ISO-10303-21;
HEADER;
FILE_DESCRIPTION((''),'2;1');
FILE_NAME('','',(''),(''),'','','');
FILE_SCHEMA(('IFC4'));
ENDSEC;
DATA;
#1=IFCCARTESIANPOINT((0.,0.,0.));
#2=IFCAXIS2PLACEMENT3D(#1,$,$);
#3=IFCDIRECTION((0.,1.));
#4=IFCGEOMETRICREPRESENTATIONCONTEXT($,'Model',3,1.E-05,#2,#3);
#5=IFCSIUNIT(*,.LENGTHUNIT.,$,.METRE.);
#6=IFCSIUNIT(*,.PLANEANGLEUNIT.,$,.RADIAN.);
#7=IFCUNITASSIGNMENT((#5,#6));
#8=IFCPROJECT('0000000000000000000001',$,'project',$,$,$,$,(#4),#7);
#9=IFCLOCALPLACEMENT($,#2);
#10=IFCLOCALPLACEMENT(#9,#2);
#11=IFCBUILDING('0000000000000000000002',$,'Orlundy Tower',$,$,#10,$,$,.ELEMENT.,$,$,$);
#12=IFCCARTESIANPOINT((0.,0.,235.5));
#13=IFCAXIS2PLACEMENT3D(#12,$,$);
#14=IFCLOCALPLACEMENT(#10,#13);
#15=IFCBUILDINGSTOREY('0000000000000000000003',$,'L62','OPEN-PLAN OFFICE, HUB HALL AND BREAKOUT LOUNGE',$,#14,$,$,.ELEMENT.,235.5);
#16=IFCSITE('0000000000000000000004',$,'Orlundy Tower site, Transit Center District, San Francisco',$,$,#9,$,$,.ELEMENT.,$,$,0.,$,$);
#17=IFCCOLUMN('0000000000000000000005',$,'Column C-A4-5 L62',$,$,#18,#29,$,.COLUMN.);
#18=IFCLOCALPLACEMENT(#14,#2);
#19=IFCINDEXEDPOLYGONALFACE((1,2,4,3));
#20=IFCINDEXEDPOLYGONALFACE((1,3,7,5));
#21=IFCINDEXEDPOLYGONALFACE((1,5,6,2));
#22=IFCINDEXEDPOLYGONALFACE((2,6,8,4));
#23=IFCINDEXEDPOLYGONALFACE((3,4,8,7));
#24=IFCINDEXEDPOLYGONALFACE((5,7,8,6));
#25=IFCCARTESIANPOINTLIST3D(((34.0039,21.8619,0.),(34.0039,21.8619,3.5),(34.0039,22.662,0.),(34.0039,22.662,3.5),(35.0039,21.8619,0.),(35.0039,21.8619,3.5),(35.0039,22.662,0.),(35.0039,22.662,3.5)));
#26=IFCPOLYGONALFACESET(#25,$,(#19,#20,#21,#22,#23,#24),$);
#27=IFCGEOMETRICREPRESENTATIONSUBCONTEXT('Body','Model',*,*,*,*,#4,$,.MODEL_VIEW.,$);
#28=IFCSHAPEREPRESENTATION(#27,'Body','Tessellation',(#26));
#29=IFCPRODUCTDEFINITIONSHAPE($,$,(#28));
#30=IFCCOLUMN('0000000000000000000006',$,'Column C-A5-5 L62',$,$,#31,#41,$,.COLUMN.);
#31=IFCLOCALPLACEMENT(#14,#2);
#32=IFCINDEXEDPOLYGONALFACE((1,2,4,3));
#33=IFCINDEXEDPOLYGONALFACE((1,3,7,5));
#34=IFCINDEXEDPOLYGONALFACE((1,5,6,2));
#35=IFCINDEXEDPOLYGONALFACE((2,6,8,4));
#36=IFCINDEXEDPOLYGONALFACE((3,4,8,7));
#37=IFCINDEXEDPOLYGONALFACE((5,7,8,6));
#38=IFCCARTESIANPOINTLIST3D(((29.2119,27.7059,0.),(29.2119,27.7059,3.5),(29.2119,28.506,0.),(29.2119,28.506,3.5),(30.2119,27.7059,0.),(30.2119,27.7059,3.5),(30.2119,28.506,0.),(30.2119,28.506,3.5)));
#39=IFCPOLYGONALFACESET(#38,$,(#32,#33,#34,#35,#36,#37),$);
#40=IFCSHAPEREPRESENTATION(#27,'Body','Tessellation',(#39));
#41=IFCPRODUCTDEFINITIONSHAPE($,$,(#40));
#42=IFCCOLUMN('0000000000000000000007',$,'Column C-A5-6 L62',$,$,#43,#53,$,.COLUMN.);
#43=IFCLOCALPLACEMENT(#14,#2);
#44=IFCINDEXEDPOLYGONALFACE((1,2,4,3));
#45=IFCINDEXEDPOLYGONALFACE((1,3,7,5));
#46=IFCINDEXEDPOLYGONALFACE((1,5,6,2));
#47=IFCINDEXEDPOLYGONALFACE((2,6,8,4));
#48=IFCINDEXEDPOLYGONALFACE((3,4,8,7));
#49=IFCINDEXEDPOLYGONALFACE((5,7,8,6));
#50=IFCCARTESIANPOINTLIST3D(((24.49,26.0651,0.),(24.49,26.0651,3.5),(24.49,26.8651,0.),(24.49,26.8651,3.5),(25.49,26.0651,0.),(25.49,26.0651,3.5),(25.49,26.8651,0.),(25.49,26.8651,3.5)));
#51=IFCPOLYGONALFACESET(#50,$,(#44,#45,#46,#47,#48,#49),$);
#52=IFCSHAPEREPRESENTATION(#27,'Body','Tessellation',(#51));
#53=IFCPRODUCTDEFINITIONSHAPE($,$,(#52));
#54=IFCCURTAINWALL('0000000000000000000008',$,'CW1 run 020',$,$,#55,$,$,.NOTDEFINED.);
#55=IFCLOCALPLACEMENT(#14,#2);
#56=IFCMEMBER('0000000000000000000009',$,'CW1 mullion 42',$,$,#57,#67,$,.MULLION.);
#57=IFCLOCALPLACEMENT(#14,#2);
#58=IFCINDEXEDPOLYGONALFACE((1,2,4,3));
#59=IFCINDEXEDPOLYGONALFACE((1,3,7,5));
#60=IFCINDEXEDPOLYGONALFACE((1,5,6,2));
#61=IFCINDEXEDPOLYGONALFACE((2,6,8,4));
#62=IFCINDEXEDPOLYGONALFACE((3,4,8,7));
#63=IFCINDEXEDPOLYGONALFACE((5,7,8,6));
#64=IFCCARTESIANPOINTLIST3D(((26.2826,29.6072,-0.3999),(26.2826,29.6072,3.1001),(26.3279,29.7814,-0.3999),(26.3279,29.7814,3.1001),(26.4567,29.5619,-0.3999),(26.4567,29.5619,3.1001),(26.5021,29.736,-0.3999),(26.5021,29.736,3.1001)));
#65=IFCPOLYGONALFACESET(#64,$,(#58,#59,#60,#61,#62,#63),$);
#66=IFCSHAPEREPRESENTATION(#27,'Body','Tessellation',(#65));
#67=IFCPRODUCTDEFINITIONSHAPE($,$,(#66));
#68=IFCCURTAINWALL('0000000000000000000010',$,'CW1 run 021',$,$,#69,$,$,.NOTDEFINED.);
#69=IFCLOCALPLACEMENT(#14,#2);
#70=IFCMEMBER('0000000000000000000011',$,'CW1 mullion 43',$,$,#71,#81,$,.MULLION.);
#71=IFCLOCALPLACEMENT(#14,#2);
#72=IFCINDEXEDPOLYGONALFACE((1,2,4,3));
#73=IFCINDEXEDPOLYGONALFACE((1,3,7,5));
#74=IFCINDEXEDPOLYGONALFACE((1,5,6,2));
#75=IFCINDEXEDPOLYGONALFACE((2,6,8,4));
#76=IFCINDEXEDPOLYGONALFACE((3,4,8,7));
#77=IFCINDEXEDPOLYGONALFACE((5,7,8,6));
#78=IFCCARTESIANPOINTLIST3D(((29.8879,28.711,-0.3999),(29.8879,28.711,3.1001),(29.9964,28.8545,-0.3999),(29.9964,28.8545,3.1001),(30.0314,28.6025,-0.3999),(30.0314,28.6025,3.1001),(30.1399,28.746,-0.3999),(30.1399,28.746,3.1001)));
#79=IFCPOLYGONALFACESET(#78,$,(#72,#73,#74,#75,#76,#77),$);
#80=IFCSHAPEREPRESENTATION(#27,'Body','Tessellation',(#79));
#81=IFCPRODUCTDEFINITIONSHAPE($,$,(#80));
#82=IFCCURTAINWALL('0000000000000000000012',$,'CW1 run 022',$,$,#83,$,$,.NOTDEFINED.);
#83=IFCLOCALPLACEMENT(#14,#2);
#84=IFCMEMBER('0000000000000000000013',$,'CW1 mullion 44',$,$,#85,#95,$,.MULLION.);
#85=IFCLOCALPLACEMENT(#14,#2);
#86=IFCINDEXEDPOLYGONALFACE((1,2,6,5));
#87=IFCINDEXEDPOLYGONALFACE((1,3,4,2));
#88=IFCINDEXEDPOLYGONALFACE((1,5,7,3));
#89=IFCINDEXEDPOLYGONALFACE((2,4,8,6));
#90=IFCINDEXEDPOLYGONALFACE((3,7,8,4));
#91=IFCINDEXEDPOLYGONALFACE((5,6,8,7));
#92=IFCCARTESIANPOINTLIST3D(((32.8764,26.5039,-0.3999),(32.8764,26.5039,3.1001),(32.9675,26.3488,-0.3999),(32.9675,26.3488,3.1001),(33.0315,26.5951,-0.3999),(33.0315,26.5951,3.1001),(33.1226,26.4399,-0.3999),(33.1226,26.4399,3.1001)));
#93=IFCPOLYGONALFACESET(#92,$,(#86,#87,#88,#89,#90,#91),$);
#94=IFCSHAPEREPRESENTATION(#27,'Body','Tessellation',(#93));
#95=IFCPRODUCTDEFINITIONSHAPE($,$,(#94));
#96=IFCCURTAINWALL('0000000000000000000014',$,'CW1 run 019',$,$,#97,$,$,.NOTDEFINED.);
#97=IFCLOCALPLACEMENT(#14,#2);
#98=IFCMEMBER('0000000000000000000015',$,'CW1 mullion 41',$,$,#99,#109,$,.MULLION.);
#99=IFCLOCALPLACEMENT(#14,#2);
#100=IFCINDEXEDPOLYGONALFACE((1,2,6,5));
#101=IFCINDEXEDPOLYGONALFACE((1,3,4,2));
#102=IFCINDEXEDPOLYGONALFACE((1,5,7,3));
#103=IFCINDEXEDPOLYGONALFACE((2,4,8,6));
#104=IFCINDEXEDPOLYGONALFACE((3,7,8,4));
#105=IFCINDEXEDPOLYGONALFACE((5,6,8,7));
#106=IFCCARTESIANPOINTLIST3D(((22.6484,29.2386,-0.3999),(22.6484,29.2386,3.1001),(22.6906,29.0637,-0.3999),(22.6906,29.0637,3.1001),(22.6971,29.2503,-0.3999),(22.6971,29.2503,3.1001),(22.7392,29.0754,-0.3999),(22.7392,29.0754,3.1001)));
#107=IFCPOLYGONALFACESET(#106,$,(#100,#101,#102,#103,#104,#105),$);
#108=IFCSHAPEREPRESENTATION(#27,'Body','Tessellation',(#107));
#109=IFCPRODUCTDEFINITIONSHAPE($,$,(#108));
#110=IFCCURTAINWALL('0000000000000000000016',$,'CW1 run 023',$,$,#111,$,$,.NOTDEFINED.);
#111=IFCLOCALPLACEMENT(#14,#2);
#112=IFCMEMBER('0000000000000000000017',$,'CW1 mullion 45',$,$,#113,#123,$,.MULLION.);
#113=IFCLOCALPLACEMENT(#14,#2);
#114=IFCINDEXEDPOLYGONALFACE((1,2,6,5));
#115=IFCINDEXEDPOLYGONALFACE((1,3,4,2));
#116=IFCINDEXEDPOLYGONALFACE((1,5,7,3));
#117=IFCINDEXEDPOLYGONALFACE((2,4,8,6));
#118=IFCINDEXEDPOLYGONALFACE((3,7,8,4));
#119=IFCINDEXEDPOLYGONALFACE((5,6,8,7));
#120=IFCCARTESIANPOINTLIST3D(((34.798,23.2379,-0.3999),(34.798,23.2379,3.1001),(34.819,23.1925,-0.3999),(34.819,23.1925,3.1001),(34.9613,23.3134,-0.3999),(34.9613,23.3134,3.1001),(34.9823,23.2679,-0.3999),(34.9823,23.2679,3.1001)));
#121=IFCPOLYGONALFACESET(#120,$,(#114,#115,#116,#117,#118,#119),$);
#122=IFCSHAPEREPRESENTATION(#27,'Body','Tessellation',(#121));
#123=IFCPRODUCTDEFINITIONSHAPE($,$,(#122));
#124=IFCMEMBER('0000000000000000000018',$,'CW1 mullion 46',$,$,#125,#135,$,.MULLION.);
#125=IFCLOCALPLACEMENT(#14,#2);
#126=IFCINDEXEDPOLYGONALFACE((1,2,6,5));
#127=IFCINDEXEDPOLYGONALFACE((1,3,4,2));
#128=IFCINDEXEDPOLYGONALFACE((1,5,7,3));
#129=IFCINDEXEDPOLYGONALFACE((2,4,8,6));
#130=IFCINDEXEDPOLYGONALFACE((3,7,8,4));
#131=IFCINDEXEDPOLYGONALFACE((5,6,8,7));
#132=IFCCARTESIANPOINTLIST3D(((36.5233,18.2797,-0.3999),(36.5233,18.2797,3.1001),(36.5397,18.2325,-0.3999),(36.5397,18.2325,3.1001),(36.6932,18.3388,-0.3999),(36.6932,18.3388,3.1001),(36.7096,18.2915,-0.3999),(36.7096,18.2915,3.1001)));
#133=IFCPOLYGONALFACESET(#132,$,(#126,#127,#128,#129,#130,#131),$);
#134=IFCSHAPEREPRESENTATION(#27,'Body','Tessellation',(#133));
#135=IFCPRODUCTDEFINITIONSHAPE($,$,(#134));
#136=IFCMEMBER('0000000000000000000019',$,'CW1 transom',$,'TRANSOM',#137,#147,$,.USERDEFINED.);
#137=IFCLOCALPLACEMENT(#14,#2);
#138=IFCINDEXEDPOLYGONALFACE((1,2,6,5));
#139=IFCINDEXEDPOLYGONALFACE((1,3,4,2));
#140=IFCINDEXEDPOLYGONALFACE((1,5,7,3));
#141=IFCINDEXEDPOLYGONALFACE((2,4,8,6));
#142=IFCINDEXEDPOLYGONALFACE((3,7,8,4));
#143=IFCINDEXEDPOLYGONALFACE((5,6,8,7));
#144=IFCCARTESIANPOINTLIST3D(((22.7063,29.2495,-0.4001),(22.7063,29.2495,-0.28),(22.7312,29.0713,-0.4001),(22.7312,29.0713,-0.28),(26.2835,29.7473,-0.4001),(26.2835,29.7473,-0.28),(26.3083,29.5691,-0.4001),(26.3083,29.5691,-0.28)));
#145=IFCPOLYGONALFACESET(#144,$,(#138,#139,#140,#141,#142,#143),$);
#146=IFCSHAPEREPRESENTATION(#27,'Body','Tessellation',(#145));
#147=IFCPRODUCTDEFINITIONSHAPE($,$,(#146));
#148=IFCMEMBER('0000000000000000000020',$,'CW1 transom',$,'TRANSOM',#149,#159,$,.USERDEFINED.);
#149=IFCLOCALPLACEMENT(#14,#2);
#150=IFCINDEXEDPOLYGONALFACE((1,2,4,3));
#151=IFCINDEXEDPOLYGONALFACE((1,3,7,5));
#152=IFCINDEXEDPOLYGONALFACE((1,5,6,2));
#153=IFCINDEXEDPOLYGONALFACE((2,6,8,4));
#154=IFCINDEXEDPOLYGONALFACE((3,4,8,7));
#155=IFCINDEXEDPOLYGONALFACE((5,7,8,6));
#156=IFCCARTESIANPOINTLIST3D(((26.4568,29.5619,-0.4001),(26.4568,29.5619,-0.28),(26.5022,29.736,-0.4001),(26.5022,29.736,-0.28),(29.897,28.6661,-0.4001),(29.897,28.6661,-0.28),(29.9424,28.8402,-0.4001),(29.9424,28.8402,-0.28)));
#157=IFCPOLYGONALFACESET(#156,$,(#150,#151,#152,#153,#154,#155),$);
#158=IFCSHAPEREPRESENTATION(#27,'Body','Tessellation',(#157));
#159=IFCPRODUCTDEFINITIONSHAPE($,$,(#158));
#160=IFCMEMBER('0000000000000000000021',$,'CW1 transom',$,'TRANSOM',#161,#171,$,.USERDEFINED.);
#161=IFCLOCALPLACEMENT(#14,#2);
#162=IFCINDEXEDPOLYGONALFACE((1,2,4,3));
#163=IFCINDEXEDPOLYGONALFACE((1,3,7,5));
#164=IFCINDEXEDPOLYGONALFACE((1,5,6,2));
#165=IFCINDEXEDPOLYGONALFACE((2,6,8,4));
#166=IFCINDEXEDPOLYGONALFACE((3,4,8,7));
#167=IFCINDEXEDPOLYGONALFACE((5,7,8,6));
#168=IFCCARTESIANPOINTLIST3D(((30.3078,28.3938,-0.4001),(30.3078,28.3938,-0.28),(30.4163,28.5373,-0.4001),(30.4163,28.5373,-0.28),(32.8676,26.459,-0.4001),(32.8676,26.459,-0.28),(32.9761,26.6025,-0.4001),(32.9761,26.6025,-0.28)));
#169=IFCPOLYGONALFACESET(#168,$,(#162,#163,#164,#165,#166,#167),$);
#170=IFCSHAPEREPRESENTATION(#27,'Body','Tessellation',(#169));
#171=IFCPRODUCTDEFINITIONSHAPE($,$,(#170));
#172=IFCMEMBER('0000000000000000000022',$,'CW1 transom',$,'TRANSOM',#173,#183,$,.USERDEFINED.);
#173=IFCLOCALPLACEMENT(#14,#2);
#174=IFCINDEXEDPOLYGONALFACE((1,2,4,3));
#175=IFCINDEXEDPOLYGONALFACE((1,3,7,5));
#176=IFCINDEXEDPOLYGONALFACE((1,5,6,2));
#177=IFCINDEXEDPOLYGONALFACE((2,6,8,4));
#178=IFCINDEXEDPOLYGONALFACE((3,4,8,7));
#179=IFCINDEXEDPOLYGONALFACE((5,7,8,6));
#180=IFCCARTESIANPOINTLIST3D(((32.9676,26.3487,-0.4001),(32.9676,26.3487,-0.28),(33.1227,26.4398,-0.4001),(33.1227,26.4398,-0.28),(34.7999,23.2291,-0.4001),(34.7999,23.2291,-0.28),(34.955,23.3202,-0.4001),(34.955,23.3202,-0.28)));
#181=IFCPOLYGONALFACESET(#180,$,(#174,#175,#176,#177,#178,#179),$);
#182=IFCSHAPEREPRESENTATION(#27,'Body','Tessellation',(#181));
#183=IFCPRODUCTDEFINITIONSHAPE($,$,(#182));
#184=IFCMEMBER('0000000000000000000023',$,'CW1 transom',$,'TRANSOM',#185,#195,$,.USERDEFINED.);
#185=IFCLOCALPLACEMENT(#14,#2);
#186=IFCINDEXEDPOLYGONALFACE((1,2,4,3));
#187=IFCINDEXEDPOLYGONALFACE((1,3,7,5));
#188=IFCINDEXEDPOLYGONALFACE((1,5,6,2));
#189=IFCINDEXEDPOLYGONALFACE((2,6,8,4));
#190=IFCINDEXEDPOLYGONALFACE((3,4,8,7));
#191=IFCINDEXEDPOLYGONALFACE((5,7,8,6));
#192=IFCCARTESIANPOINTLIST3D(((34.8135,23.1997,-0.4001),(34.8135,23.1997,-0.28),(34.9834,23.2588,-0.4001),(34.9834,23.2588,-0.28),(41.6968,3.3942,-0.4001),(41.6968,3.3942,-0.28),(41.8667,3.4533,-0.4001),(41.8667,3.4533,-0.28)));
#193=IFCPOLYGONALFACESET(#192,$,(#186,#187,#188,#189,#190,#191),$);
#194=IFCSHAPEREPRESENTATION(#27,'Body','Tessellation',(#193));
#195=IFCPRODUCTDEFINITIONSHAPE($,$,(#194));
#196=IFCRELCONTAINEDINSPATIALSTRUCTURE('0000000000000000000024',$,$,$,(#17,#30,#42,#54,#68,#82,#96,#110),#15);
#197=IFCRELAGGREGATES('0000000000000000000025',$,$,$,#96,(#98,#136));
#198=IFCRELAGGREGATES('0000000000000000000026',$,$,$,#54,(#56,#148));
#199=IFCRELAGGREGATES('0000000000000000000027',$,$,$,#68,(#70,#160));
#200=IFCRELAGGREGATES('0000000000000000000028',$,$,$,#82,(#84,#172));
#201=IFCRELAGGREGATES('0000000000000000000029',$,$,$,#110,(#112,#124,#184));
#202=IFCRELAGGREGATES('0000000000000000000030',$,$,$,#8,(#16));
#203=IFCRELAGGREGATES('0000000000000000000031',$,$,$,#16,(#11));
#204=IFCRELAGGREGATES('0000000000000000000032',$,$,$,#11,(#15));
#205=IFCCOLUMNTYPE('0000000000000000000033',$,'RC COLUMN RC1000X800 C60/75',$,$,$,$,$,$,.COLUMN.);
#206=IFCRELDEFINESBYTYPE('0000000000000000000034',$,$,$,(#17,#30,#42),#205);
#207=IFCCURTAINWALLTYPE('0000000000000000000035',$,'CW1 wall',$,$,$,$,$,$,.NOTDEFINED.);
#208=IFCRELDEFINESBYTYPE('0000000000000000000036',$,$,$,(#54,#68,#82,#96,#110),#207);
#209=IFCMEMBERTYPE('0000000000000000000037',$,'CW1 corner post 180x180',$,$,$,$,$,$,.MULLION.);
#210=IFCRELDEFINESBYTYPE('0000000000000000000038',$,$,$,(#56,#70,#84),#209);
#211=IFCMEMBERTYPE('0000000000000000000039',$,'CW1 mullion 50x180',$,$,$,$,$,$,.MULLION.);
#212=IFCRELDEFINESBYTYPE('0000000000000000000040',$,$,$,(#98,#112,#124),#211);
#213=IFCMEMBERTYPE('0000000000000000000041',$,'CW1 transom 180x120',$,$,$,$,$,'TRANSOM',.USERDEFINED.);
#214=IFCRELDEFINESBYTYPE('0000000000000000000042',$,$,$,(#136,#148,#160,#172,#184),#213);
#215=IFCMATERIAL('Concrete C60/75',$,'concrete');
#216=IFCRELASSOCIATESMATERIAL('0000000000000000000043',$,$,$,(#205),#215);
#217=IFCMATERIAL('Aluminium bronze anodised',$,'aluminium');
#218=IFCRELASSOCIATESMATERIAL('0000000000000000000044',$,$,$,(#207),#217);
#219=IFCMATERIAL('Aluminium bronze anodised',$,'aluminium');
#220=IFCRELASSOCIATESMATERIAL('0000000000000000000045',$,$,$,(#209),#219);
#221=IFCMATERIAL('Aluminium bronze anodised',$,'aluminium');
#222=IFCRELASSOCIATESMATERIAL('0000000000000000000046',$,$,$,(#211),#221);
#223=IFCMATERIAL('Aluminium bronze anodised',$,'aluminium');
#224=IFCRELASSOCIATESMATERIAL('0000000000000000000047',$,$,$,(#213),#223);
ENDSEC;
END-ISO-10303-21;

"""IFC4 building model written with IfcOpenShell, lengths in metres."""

from ifc_helpers import new_model, si_unit, direction, frame, origin, origin_2d, place, context, subcontext, project, spatial, rectangle, extrude, material, material_profile, profile_set, type_object, element, aggregate, save


model = new_model("IFC4")

# Units and contexts
model_context = context("Model", 3, precision=1e-05, world=origin(), true_north=direction((0.0, 1.0)))
body_context = subcontext(model_context, "Body", "Model", "MODEL_VIEW")
ifc_project = project(units=[si_unit("LENGTHUNIT", "METRE"), si_unit("PLANEANGLEUNIT", "RADIAN")], contexts=[model_context])

# Site, building, storey
site_placement = place(None, origin())
site = spatial("IfcSite", under=ifc_project, at=site_placement, Name="Orlundy Tower site, Transit Center District, San Francisco", CompositionType="ELEMENT", RefElevation=0.0)
building_placement = place(site_placement, origin())
building = spatial("IfcBuilding", under=site, at=building_placement, Name="Orlundy Tower", CompositionType="ELEMENT")
storey_placement = place(building_placement, frame((0.0, 0.0, 235.5)))
storey = spatial("IfcBuildingStorey", under=building, at=storey_placement, Name="L62", Description="OPEN-PLAN OFFICE, HUB HALL AND BREAKOUT LOUNGE", CompositionType="ELEMENT", Elevation=235.5)

# Columns
ifc_material_1 = material(Name="Concrete C60/75", Category="concrete")
ifc_material_profile_1 = material_profile(ifc_material_1, rectangle(XDim=1.0, YDim=0.8, at=origin_2d()), Name="RC1000X800")
ifc_profile_set_1 = profile_set([ifc_material_profile_1], Name="Concrete C60/75")
column_type = type_object("IfcColumnType", Name="RC COLUMN RC1000X800 C60/75", PredefinedType="COLUMN", material=ifc_profile_set_1)
for number, where, z_axis, x_axis, name in (
    (1, (34.5039, 22.262, 0.0), (0.0, 0.0, 1.0), (1.0, 0.0, 0.0), "Column C-A4-5 L62"),
    (2, (29.7119, 28.106, 0.0), (0.0, 0.0, 1.0), (1.0, 0.0, 0.0), "Column C-A5-5 L62"),
    (3, (24.99, 26.4651, 0.0), (0.0, 0.0, 1.0), (1.0, 0.0, 0.0), "Column C-A5-6 L62"),
):
    element("IfcColumn", number, at=place(storey_placement, frame(where, z_axis=z_axis, x_axis=x_axis)), inside=storey, type_object=column_type, Name=name, PredefinedType="COLUMN", context=body_context, shape_type="SweptSolid", body=[
        extrude(rectangle(XDim=1.0, YDim=0.8, at=origin_2d()), origin(), (0.0, 0.0, 1.0), 3.5),
    ])

# Curtain walls, members
ifc_material_2 = material(Name="Aluminium bronze anodised", Category="aluminium")
curtain_wall_type = type_object("IfcCurtainWallType", Name="CW1 wall", PredefinedType="NOTDEFINED", material=ifc_material_2)
curtain_wall_1_placement = place(storey_placement, origin())
curtain_wall_1 = element("IfcCurtainWall", 4, at=curtain_wall_1_placement, inside=storey, type_object=curtain_wall_type, Name="CW1 run 020", PredefinedType="NOTDEFINED")
ifc_material_3 = material(Name="Aluminium bronze anodised", Category="aluminium")
ifc_material_profile_2 = material_profile(ifc_material_3, rectangle(XDim=0.1799, YDim=0.1799, at=origin_2d()), Name="CW1 corner post 180x180")
ifc_profile_set_2 = profile_set([ifc_material_profile_2], Name="Aluminium bronze anodised")
member_type_1 = type_object("IfcMemberType", Name="CW1 corner post 180x180", PredefinedType="MULLION", material=ifc_profile_set_2)
member_1_placement = place(storey_placement, frame((26.3923, 29.6716, -0.3999), z_axis=(0.0, 0.0, 1.0), x_axis=(0.251983, 0.967732, 0.0)))
member_1 = element("IfcMember", 5, at=member_1_placement, type_object=member_type_1, Name="CW1 mullion 42", PredefinedType="MULLION", context=body_context, shape_type="SweptSolid", body=[
    extrude(rectangle(XDim=0.1799, YDim=0.1799, at=origin_2d()), origin(), (0.0, 0.0, 1.0), 3.5),
])
curtain_wall_2_placement = place(storey_placement, origin())
curtain_wall_2 = element("IfcCurtainWall", 6, at=curtain_wall_2_placement, inside=storey, type_object=curtain_wall_type, Name="CW1 run 021", PredefinedType="NOTDEFINED")
member_2_placement = place(storey_placement, frame((30.0139, 28.7285, -0.3999), z_axis=(0.0, 0.0, 1.0), x_axis=(0.602974, 0.797761, 0.0)))
member_2 = element("IfcMember", 7, at=member_2_placement, type_object=member_type_1, Name="CW1 mullion 43", PredefinedType="MULLION", context=body_context, shape_type="SweptSolid", body=[
    extrude(rectangle(XDim=0.1799, YDim=0.1799, at=origin_2d()), origin(), (0.0, 0.0, 1.0), 3.5),
])
curtain_wall_3_placement = place(storey_placement, origin())
curtain_wall_3 = element("IfcCurtainWall", 8, at=curtain_wall_3_placement, inside=storey, type_object=curtain_wall_type, Name="CW1 run 022", PredefinedType="NOTDEFINED")
member_3_placement = place(storey_placement, frame((32.9995, 26.4719, -0.3999), z_axis=(0.0, 0.0, 1.0), x_axis=(0.862288, 0.506419, 0.0)))
member_3 = element("IfcMember", 9, at=member_3_placement, type_object=member_type_1, Name="CW1 mullion 44", PredefinedType="MULLION", context=body_context, shape_type="SweptSolid", body=[
    extrude(rectangle(XDim=0.1799, YDim=0.1799, at=origin_2d()), origin(), (0.0, 0.0, 1.0), 3.5),
])
curtain_wall_4_placement = place(storey_placement, origin())
curtain_wall_4 = element("IfcCurtainWall", 10, at=curtain_wall_4_placement, inside=storey, type_object=curtain_wall_type, Name="CW1 run 019", PredefinedType="NOTDEFINED")
ifc_material_4 = material(Name="Aluminium bronze anodised", Category="aluminium")
ifc_material_profile_3 = material_profile(ifc_material_4, rectangle(XDim=0.1799, YDim=0.05, at=origin_2d()), Name="CW1 mullion 50x180")
ifc_profile_set_3 = profile_set([ifc_material_profile_3], Name="Aluminium bronze anodised")
member_type_2 = type_object("IfcMemberType", Name="CW1 mullion 50x180", PredefinedType="MULLION", material=ifc_profile_set_3)
member_4_placement = place(storey_placement, frame((22.6938, 29.157, -0.3999), z_axis=(0.0, 0.0, 1.0), x_axis=(-0.234192, 0.97219, 0.0)))
member_4 = element("IfcMember", 11, at=member_4_placement, type_object=member_type_2, Name="CW1 mullion 41", PredefinedType="MULLION", context=body_context, shape_type="SweptSolid", body=[
    extrude(rectangle(XDim=0.1799, YDim=0.05, at=origin_2d()), origin(), (0.0, 0.0, 1.0), 3.5),
])

# Curtain wall, members
curtain_wall_5_placement = place(storey_placement, origin())
curtain_wall_5 = element("IfcCurtainWall", 12, at=curtain_wall_5_placement, inside=storey, type_object=curtain_wall_type, Name="CW1 run 023", PredefinedType="NOTDEFINED")
member_5_placement = place(storey_placement, frame((34.8901, 23.2529, -0.3999), z_axis=(0.0, 0.0, 1.0), x_axis=(0.907812, 0.419377, 0.0)))
member_5 = element("IfcMember", 13, at=member_5_placement, type_object=member_type_2, Name="CW1 mullion 45", PredefinedType="MULLION", context=body_context, shape_type="SweptSolid", body=[
    extrude(rectangle(XDim=0.1799, YDim=0.05, at=origin_2d()), origin(), (0.0, 0.0, 1.0), 3.5),
])
member_6_placement = place(storey_placement, frame((36.6165, 18.2856, -0.3999), z_axis=(0.0, 0.0, 1.0), x_axis=(0.944578, 0.328288, 0.0)))
member_6 = element("IfcMember", 14, at=member_6_placement, type_object=member_type_2, Name="CW1 mullion 46", PredefinedType="MULLION", context=body_context, shape_type="SweptSolid", body=[
    extrude(rectangle(XDim=0.1799, YDim=0.05, at=origin_2d()), origin(), (0.0, 0.0, 1.0), 3.5),
])

# Members
ifc_material_5 = material(Name="Aluminium bronze anodised", Category="aluminium")
ifc_material_profile_4 = material_profile(ifc_material_5, rectangle(XDim=0.1799, YDim=0.1201, at=origin_2d()), Name="CW1 transom 180x120")
ifc_profile_set_4 = profile_set([ifc_material_profile_4], Name="Aluminium bronze anodised")
member_type_3 = type_object("IfcMemberType", Name="CW1 transom 180x120", ElementType="TRANSOM", PredefinedType="USERDEFINED", material=ifc_profile_set_4)
member_7_placement = place(storey_placement, frame((22.7188, 29.1604, -0.3401), z_axis=(0.990455, 0.137834, 0.0), x_axis=(-0.137834, 0.990455, 0.0)))
member_7 = element("IfcMember", 15, at=member_7_placement, type_object=member_type_3, Name="CW1 transom", ObjectType="TRANSOM", PredefinedType="USERDEFINED", context=body_context, shape_type="SweptSolid", body=[
    extrude(rectangle(XDim=0.1799, YDim=0.1201, at=origin_2d()), origin(), (0.0, 0.0, 1.0), 3.6116),
])
member_8_placement = place(storey_placement, frame((26.4795, 29.6489, -0.3401), z_axis=(0.967733, -0.251977, 0.0), x_axis=(0.251977, 0.967733, 0.0)))
member_8 = element("IfcMember", 16, at=member_8_placement, type_object=member_type_3, Name="CW1 transom", ObjectType="TRANSOM", PredefinedType="USERDEFINED", context=body_context, shape_type="SweptSolid", body=[
    extrude(rectangle(XDim=0.1799, YDim=0.1201, at=origin_2d()), origin(), (0.0, 0.0, 1.0), 3.5549),
])
member_9_placement = place(storey_placement, frame((30.3621, 28.4656, -0.3401), z_axis=(0.797758, -0.602978, 0.0), x_axis=(0.602978, 0.797758, 0.0)))
member_9 = element("IfcMember", 17, at=member_9_placement, type_object=member_type_3, Name="CW1 transom", ObjectType="TRANSOM", PredefinedType="USERDEFINED", context=body_context, shape_type="SweptSolid", body=[
    extrude(rectangle(XDim=0.1799, YDim=0.1201, at=origin_2d()), origin(), (0.0, 0.0, 1.0), 3.2087),
])
member_10_placement = place(storey_placement, frame((33.0452, 26.3943, -0.3401), z_axis=(0.506445, -0.862272, 0.0), x_axis=(0.862272, 0.506445, 0.0)))
member_10 = element("IfcMember", 18, at=member_10_placement, type_object=member_type_3, Name="CW1 transom", ObjectType="TRANSOM", PredefinedType="USERDEFINED", context=body_context, shape_type="SweptSolid", body=[
    extrude(rectangle(XDim=0.1799, YDim=0.1201, at=origin_2d()), origin(), (0.0, 0.0, 1.0), 3.6179),
])
member_11_placement = place(storey_placement, frame((34.8984, 23.2292, -0.3401), z_axis=(0.328285, -0.944579, 0.0), x_axis=(0.944579, 0.328285, 0.0)))
member_11 = element("IfcMember", 19, at=member_11_placement, type_object=member_type_3, Name="CW1 transom", ObjectType="TRANSOM", PredefinedType="USERDEFINED", context=body_context, shape_type="SweptSolid", body=[
    extrude(rectangle(XDim=0.1799, YDim=0.1201, at=origin_2d()), origin(), (0.0, 0.0, 1.0), 20.9675),
])

aggregate(curtain_wall_4, [member_4, member_7])
aggregate(curtain_wall_1, [member_1, member_8])
aggregate(curtain_wall_2, [member_2, member_9])
aggregate(curtain_wall_3, [member_3, member_10])
aggregate(curtain_wall_5, [member_5, member_6, member_11])

save(model, "model.ifc")
